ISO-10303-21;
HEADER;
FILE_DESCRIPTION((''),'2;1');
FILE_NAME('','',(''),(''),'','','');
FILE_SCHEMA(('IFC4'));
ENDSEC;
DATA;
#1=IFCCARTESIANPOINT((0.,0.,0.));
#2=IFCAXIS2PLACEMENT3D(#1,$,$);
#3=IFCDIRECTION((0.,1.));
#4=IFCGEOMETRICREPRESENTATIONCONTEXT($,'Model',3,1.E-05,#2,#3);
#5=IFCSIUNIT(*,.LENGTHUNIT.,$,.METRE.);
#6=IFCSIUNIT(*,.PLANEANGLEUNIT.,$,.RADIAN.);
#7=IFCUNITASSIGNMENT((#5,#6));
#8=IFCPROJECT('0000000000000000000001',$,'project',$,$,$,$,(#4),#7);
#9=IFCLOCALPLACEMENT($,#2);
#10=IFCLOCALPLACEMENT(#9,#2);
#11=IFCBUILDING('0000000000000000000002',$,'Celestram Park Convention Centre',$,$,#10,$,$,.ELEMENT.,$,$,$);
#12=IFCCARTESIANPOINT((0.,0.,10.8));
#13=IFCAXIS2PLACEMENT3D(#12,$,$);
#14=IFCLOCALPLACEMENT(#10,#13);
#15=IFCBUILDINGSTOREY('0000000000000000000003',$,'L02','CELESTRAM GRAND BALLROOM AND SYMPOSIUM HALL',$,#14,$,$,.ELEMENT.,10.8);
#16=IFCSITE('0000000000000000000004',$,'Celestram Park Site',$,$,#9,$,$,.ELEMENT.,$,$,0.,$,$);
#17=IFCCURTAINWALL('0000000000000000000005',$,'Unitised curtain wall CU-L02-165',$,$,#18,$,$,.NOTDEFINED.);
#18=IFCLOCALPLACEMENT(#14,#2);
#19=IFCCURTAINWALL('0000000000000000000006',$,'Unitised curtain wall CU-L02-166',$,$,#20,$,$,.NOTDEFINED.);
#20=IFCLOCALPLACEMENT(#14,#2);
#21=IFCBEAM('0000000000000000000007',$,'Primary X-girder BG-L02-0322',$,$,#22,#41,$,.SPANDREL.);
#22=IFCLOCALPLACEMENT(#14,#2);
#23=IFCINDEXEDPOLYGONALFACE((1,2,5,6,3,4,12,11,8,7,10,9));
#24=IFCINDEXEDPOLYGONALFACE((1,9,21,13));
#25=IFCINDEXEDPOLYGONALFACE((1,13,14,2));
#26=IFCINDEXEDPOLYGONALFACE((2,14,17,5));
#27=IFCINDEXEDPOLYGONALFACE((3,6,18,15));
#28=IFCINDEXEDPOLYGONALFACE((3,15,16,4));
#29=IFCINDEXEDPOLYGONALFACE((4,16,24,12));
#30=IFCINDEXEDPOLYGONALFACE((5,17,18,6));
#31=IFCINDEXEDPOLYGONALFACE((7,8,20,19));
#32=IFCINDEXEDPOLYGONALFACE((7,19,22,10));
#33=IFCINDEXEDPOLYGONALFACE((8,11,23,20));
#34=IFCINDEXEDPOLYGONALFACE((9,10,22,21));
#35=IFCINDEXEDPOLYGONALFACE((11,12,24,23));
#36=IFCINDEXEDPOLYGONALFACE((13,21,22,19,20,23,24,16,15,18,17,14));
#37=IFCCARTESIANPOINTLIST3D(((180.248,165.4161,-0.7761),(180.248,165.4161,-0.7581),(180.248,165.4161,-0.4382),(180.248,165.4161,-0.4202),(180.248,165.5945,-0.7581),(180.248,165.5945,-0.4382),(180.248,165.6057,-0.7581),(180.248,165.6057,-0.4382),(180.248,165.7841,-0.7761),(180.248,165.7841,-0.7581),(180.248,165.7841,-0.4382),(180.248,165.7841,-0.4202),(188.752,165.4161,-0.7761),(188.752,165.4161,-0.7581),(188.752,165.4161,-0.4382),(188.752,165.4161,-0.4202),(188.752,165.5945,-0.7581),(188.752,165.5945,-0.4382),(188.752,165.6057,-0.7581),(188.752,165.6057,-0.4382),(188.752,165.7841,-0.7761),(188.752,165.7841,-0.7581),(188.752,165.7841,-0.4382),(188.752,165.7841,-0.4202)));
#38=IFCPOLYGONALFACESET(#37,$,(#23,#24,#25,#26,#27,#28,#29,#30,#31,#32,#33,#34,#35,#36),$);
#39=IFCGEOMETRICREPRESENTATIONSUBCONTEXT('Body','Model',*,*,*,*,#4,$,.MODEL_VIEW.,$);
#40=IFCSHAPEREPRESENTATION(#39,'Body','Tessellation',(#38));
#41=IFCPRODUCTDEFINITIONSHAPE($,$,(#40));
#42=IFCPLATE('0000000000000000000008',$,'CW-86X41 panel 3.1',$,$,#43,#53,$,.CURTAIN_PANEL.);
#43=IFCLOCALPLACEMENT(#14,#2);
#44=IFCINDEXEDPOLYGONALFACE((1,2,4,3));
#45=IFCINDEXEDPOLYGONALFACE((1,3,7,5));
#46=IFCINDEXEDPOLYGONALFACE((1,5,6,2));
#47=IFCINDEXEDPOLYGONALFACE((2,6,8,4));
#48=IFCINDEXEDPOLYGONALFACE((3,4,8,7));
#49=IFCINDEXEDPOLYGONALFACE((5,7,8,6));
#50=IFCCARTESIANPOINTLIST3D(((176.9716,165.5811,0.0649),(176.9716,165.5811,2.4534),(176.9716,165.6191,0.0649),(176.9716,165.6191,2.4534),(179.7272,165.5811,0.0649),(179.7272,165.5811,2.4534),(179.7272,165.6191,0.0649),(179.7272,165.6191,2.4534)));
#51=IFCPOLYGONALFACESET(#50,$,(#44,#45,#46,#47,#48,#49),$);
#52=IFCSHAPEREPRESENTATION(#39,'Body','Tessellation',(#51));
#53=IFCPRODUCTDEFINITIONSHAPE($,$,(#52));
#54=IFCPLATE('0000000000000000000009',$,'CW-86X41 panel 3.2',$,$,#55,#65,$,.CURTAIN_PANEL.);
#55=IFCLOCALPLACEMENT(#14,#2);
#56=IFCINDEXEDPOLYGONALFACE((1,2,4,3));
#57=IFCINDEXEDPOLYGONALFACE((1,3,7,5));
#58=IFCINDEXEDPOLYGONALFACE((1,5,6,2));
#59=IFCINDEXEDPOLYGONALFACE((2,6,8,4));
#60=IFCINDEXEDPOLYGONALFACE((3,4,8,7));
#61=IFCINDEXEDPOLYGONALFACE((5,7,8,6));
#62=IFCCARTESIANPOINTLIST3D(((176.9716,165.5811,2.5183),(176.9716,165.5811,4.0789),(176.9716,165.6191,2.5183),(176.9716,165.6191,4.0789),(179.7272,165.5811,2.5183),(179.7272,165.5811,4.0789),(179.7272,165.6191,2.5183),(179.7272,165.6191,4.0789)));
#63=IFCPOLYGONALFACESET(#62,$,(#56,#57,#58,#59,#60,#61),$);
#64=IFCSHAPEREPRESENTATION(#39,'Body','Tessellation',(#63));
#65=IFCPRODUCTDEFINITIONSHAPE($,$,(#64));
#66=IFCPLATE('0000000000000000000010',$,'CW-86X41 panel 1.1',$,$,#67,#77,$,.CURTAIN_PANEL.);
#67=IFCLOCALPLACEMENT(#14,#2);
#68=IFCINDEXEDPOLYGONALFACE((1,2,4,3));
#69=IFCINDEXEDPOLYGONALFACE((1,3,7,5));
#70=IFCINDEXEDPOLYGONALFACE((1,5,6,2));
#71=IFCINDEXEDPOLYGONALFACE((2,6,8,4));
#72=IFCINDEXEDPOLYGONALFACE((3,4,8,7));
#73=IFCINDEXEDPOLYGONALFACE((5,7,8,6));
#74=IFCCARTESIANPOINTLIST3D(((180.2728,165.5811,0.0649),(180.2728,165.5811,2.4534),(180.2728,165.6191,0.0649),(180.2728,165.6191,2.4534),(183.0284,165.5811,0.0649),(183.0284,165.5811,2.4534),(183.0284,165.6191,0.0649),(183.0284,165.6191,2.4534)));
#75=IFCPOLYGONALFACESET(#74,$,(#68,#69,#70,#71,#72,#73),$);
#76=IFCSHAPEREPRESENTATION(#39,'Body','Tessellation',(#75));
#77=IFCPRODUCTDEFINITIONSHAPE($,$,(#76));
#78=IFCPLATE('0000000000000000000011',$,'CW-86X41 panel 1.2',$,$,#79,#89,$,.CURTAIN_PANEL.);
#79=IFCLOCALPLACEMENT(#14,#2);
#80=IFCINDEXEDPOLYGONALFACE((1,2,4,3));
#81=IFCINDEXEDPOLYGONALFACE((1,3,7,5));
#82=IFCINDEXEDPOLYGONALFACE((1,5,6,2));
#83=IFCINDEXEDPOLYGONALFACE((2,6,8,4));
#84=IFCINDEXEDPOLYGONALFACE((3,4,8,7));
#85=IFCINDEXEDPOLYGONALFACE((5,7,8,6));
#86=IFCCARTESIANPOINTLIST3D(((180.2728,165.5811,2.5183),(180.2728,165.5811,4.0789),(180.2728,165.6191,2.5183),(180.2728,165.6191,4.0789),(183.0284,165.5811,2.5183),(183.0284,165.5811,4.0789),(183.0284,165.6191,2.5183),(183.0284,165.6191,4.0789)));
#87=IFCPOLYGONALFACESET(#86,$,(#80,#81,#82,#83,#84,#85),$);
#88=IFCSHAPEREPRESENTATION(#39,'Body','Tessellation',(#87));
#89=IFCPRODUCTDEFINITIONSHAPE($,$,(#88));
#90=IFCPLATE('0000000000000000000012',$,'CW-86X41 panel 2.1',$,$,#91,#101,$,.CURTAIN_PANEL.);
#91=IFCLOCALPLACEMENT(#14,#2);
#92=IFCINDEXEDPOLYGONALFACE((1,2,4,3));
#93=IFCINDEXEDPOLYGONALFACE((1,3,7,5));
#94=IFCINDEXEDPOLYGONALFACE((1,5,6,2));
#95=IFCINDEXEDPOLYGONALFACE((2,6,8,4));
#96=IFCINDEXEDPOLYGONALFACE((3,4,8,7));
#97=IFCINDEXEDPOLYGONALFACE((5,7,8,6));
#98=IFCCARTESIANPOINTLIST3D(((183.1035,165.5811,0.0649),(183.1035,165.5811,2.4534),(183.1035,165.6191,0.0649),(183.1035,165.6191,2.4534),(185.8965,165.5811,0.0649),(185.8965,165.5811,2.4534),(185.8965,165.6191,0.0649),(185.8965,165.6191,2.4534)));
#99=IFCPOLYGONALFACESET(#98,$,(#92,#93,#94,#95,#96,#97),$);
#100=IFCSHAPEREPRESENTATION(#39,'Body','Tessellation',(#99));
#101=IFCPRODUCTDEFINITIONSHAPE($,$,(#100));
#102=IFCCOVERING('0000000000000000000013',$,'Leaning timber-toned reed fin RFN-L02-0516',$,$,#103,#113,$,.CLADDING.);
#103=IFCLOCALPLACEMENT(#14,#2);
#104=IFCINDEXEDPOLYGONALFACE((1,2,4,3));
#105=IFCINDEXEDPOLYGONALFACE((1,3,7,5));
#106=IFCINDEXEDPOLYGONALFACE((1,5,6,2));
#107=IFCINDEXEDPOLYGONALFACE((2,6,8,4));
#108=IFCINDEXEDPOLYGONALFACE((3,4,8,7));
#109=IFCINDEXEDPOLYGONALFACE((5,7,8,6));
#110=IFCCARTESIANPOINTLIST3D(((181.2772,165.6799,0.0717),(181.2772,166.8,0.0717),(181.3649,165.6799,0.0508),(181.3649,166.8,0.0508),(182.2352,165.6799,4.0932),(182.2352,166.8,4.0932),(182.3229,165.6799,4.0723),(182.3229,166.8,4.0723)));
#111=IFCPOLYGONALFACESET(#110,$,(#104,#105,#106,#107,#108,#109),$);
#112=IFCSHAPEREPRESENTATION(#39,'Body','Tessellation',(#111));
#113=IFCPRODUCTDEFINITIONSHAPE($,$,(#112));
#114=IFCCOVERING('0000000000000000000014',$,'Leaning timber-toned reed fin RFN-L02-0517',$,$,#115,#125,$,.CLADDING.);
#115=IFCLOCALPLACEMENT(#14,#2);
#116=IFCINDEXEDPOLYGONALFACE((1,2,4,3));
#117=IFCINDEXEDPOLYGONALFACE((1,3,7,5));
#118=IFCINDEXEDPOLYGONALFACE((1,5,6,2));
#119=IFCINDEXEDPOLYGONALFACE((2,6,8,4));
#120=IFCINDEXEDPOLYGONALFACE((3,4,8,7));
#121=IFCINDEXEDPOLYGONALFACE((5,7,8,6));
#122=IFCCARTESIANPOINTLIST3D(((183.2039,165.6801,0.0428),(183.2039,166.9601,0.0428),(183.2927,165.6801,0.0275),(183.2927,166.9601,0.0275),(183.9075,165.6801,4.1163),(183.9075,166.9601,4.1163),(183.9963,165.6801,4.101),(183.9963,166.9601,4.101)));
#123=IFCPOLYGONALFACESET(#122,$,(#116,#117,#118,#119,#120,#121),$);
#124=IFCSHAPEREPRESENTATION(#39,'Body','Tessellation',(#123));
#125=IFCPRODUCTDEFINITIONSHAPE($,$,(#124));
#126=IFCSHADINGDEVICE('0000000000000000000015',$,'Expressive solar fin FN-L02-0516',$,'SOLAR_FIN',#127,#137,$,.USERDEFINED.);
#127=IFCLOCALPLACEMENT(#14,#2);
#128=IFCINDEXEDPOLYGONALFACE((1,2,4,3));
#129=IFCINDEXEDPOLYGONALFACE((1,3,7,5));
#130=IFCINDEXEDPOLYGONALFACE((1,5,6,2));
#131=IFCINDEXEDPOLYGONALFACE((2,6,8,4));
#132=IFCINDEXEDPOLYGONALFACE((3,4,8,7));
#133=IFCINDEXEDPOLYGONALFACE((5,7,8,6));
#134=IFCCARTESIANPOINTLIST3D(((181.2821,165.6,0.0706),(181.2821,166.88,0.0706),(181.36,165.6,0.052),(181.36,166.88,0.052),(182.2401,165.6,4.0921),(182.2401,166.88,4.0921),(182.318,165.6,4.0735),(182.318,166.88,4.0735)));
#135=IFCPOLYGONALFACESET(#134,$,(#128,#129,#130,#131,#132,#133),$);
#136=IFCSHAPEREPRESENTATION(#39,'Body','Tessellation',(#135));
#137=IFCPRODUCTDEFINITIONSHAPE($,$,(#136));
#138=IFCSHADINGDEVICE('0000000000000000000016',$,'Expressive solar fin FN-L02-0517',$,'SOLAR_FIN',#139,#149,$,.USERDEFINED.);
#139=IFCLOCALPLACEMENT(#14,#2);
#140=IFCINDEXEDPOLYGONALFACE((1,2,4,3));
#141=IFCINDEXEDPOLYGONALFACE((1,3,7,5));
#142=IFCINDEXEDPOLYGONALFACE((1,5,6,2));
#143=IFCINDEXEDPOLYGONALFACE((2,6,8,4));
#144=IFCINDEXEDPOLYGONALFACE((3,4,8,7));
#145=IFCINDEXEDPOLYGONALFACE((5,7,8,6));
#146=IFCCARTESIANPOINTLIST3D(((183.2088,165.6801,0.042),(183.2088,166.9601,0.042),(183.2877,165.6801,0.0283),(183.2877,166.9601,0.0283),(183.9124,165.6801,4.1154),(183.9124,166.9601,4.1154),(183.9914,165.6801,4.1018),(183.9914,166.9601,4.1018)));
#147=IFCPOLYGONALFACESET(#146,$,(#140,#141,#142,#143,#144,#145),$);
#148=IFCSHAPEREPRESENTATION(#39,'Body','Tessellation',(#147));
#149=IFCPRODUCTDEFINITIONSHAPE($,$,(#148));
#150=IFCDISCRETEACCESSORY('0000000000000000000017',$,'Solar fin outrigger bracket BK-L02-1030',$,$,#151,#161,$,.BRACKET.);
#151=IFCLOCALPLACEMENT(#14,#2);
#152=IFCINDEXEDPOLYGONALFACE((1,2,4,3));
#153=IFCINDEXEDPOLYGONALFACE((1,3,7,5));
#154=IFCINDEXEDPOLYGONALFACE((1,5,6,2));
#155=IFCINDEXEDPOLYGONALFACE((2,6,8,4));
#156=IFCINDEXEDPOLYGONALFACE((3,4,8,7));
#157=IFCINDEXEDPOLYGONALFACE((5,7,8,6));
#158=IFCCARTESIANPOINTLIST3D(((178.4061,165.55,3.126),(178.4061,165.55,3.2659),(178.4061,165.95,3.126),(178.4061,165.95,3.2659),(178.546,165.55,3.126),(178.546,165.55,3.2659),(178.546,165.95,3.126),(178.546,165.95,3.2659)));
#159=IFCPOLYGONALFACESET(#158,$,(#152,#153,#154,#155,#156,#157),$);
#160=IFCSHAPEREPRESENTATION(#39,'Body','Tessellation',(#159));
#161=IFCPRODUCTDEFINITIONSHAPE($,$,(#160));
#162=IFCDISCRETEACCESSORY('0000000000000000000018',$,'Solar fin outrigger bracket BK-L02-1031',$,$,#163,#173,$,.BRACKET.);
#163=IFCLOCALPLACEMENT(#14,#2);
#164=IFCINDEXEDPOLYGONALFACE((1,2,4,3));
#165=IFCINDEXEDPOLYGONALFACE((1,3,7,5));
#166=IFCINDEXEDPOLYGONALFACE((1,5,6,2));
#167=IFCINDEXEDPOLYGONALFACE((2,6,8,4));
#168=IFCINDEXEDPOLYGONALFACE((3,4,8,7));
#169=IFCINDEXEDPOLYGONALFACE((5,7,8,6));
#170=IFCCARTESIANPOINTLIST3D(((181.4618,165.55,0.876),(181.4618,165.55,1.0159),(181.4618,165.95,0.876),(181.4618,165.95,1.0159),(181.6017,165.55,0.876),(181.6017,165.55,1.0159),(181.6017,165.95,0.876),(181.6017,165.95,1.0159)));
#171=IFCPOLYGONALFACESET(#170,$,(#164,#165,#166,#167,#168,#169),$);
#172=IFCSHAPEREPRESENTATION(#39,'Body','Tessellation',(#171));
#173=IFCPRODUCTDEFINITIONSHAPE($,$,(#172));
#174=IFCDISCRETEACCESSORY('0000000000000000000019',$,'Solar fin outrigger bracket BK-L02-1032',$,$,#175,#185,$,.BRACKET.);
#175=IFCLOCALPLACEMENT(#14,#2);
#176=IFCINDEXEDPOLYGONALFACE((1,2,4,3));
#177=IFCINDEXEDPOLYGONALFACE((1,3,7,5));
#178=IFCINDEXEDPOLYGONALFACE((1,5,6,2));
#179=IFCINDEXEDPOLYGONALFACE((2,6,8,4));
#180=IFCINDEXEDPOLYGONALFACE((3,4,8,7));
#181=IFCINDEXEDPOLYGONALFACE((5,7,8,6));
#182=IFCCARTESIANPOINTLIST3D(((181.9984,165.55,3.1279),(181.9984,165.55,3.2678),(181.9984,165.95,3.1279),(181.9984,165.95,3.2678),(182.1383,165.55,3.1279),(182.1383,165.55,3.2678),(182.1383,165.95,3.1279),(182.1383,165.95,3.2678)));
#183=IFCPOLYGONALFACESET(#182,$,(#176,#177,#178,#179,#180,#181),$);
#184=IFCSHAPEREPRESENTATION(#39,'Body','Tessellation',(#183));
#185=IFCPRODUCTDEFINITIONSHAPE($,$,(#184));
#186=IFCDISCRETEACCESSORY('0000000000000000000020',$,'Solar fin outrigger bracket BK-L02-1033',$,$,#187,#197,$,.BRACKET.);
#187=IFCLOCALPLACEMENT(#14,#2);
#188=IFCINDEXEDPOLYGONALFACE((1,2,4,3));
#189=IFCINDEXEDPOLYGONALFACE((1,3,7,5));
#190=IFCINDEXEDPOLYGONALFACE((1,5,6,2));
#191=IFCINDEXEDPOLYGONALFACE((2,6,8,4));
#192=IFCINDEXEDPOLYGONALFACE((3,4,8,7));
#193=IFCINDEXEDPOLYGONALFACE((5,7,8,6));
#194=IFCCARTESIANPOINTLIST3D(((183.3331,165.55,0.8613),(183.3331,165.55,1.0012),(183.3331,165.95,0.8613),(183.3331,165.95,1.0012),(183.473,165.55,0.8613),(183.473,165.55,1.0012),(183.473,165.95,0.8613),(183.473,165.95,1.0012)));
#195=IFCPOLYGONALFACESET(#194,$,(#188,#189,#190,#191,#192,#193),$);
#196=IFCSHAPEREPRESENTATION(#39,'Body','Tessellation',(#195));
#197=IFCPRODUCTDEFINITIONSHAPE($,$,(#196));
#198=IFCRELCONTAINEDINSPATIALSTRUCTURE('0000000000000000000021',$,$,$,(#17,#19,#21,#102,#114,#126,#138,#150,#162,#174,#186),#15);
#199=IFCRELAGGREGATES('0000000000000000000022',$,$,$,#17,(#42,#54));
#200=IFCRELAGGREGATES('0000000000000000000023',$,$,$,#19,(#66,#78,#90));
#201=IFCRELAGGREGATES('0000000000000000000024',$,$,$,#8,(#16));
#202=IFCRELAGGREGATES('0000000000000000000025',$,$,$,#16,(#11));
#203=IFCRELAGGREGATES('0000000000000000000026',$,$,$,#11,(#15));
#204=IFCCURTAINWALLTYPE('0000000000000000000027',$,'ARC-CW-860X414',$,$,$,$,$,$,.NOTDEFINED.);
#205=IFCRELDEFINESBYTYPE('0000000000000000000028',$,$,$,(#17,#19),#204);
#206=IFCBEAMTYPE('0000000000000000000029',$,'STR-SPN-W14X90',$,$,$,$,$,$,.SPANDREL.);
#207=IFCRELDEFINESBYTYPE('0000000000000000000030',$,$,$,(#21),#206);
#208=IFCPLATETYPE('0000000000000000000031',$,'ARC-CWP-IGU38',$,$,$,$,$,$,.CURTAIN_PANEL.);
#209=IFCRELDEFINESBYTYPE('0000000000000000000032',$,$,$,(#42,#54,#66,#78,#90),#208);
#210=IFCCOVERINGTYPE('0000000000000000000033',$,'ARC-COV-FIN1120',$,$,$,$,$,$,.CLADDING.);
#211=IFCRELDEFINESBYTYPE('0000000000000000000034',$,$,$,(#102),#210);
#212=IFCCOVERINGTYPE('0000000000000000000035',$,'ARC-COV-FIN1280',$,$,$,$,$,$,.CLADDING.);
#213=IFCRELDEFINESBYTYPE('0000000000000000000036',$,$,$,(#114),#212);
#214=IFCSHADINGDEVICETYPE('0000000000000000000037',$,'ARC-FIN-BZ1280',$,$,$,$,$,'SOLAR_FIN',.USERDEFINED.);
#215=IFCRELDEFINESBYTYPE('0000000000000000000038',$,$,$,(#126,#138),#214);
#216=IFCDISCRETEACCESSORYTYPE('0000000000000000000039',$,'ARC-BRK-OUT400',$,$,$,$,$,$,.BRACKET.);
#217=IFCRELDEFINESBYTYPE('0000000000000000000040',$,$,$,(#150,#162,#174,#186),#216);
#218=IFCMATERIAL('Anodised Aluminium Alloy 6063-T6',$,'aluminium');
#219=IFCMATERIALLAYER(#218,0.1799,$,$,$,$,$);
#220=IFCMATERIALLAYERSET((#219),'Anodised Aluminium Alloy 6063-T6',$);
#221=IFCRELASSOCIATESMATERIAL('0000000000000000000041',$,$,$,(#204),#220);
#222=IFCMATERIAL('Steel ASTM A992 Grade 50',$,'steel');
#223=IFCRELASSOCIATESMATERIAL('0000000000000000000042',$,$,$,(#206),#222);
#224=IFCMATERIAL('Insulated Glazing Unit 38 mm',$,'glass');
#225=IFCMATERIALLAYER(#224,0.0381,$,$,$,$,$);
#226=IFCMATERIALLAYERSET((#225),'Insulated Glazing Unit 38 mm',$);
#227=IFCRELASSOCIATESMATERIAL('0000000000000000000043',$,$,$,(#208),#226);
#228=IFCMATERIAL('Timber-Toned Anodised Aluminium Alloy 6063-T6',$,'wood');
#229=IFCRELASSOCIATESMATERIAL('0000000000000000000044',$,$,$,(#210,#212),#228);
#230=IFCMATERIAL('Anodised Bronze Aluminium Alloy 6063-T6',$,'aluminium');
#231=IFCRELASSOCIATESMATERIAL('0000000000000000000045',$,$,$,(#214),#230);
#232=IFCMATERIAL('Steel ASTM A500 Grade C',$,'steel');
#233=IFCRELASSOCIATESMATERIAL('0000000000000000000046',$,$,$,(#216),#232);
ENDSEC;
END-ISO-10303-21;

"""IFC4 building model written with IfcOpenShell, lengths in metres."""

from ifc_helpers import new_model, si_unit, direction, frame, origin, origin_2d, place, context, subcontext, project, spatial, rectangle, i_section, extrude, material, layer, layer_set, material_profile, profile_set, type_object, element, aggregate, save


model = new_model("IFC4")

# Units and contexts
model_context = context("Model", 3, precision=1e-05, world=origin(), true_north=direction((0.0, 1.0)))
body_context = subcontext(model_context, "Body", "Model", "MODEL_VIEW")
ifc_project = project(units=[si_unit("LENGTHUNIT", "METRE"), si_unit("PLANEANGLEUNIT", "RADIAN")], contexts=[model_context])

# Site, building, storey
site_placement = place(None, origin())
site = spatial("IfcSite", under=ifc_project, at=site_placement, Name="Celestram Park Site", CompositionType="ELEMENT", RefElevation=0.0)
building_placement = place(site_placement, origin())
building = spatial("IfcBuilding", under=site, at=building_placement, Name="Celestram Park Convention Centre", CompositionType="ELEMENT")
storey_placement = place(building_placement, frame((0.0, 0.0, 10.8)))
storey = spatial("IfcBuildingStorey", under=building, at=storey_placement, Name="L02", Description="CELESTRAM GRAND BALLROOM AND SYMPOSIUM HALL", CompositionType="ELEMENT", Elevation=10.8)

# Shared definitions
ifc_material_1 = material(Name="Steel ASTM A500 Grade C", Category="steel")

# Curtain wall
ifc_material_2 = material(Name="Anodised Aluminium Alloy 6063-T6", Category="aluminium")
ifc_layer_1 = layer(ifc_material_2, 0.1799)
ifc_layer_set_1 = layer_set([ifc_layer_1], Name="Anodised Aluminium Alloy 6063-T6")
curtain_wall_type = type_object("IfcCurtainWallType", Name="ARC-CW-860X414", PredefinedType="NOTDEFINED", material=ifc_layer_set_1)
curtain_wall_1_placement = place(storey_placement, origin())
curtain_wall_1 = element("IfcCurtainWall", 1, at=curtain_wall_1_placement, inside=storey, type_object=curtain_wall_type, Name="Unitised curtain wall CU-L02-165", PredefinedType="NOTDEFINED")

# Curtain wall
curtain_wall_2_placement = place(storey_placement, origin())
curtain_wall_2 = element("IfcCurtainWall", 2, at=curtain_wall_2_placement, inside=storey, type_object=curtain_wall_type, Name="Unitised curtain wall CU-L02-166", PredefinedType="NOTDEFINED")

# Beam
ifc_material_3 = material(Name="Steel ASTM A992 Grade 50", Category="steel")
ifc_material_profile_1 = material_profile(ifc_material_3, i_section(OverallWidth=0.3679, OverallDepth=0.356, WebThickness=0.0112, FlangeThickness=0.0181, at=origin_2d()), Name="W14X90")
ifc_profile_set_1 = profile_set([ifc_material_profile_1], Name="Steel ASTM A992 Grade 50")
beam_type = type_object("IfcBeamType", Name="STR-SPN-W14X90", PredefinedType="SPANDREL", material=ifc_profile_set_1)
beam_placement = place(storey_placement, frame((180.248, 165.6001, -0.5981), z_axis=(1.0, 0.0, 0.0), x_axis=(0.0, 1.0, 0.0)))
element("IfcBeam", 3, at=beam_placement, inside=storey, type_object=beam_type, Name="Primary X-girder BG-L02-0322", PredefinedType="SPANDREL", context=body_context, shape_type="SweptSolid", body=[
    extrude(i_section(OverallWidth=0.3679, OverallDepth=0.356, WebThickness=0.0112, FlangeThickness=0.0181, at=origin_2d()), origin(), (0.0, 0.0, 1.0), 8.5039),
])

# Plates
ifc_material_4 = material(Name="Insulated Glazing Unit 38 mm", Category="glass")
ifc_layer_2 = layer(ifc_material_4, 0.0381)
ifc_layer_set_2 = layer_set([ifc_layer_2], Name="Insulated Glazing Unit 38 mm")
plate_type = type_object("IfcPlateType", Name="ARC-CWP-IGU38", PredefinedType="CURTAIN_PANEL", material=ifc_layer_set_2)
plate_1_placement = place(storey_placement, frame((178.3494, 165.6001, 0.0649), z_axis=(0.0, 0.0, 1.0), x_axis=(1.0, 0.0, 0.0)))
plate_1 = element("IfcPlate", 4, at=plate_1_placement, type_object=plate_type, Name="CW-86X41 panel 3.1", PredefinedType="CURTAIN_PANEL", context=body_context, shape_type="SweptSolid", body=[
    extrude(rectangle(XDim=2.7556, YDim=0.0381, at=origin_2d()), origin(), (0.0, 0.0, 1.0), 2.3884),
])
plate_2_placement = place(storey_placement, frame((178.3494, 165.6001, 2.5183), z_axis=(0.0, 0.0, 1.0), x_axis=(1.0, 0.0, 0.0)))
plate_2 = element("IfcPlate", 5, at=plate_2_placement, type_object=plate_type, Name="CW-86X41 panel 3.2", PredefinedType="CURTAIN_PANEL", context=body_context, shape_type="SweptSolid", body=[
    extrude(rectangle(XDim=2.7556, YDim=0.0381, at=origin_2d()), origin(), (0.0, 0.0, 1.0), 1.5605),
])
aggregate(curtain_wall_1, [plate_1, plate_2])
plate_3_placement = place(storey_placement, frame((181.6506, 165.6001, 0.0649), z_axis=(0.0, 0.0, 1.0), x_axis=(1.0, 0.0, 0.0)))
plate_3 = element("IfcPlate", 6, at=plate_3_placement, type_object=plate_type, Name="CW-86X41 panel 1.1", PredefinedType="CURTAIN_PANEL", context=body_context, shape_type="SweptSolid", body=[
    extrude(rectangle(XDim=2.7556, YDim=0.0381, at=origin_2d()), origin(), (0.0, 0.0, 1.0), 2.3884),
])
plate_4_placement = place(storey_placement, frame((181.6506, 165.6001, 2.5183), z_axis=(0.0, 0.0, 1.0), x_axis=(1.0, 0.0, 0.0)))
plate_4 = element("IfcPlate", 7, at=plate_4_placement, type_object=plate_type, Name="CW-86X41 panel 1.2", PredefinedType="CURTAIN_PANEL", context=body_context, shape_type="SweptSolid", body=[
    extrude(rectangle(XDim=2.7556, YDim=0.0381, at=origin_2d()), origin(), (0.0, 0.0, 1.0), 1.5605),
])
plate_5_placement = place(storey_placement, frame((184.5, 165.6001, 0.0649), z_axis=(0.0, 0.0, 1.0), x_axis=(1.0, 0.0, 0.0)))
plate_5 = element("IfcPlate", 8, at=plate_5_placement, type_object=plate_type, Name="CW-86X41 panel 2.1", PredefinedType="CURTAIN_PANEL", context=body_context, shape_type="SweptSolid", body=[
    extrude(rectangle(XDim=2.793, YDim=0.0381, at=origin_2d()), origin(), (0.0, 0.0, 1.0), 2.3884),
])
aggregate(curtain_wall_2, [plate_3, plate_4, plate_5])

# Coverings
ifc_material_5 = material(Name="Timber-Toned Anodised Aluminium Alloy 6063-T6", Category="wood")
ifc_material_profile_2 = material_profile(ifc_material_5, rectangle(XDim=1.1201, YDim=0.0901, at=origin_2d()), Name="REED1120X90")
ifc_profile_set_2 = profile_set([ifc_material_profile_2], Name="Timber-Toned Anodised Aluminium Alloy 6063-T6")
covering_type_1 = type_object("IfcCoveringType", Name="ARC-COV-FIN1120", PredefinedType="CLADDING", material=ifc_profile_set_2)
covering_1_placement = place(storey_placement, frame((181.321, 166.24, 0.0613), z_axis=(0.231738, 0.0, 0.972778), x_axis=(0.0, 1.0, 0.0)))
element("IfcCovering", 9, at=covering_1_placement, inside=storey, type_object=covering_type_1, Name="Leaning timber-toned reed fin RFN-L02-0516", PredefinedType="CLADDING", context=body_context, shape_type="SweptSolid", body=[
    extrude(rectangle(XDim=1.1201, YDim=0.0901, at=origin_2d()), origin(), (0.0, 0.0, 1.0), 4.134),
])
ifc_material_profile_3 = material_profile(ifc_material_5, rectangle(XDim=1.28, YDim=0.0901, at=origin_2d()), Name="REED1280X90")
ifc_profile_set_3 = profile_set([ifc_material_profile_3], Name="Timber-Toned Anodised Aluminium Alloy 6063-T6")
covering_type_2 = type_object("IfcCoveringType", Name="ARC-COV-FIN1280", PredefinedType="CLADDING", material=ifc_profile_set_3)
covering_2_placement = place(storey_placement, frame((183.2483, 166.3201, 0.0352), z_axis=(0.17021, 0.0, 0.985408), x_axis=(0.0, 1.0, 0.0)))
element("IfcCovering", 10, at=covering_2_placement, inside=storey, type_object=covering_type_2, Name="Leaning timber-toned reed fin RFN-L02-0517", PredefinedType="CLADDING", context=body_context, shape_type="SweptSolid", body=[
    extrude(rectangle(XDim=1.28, YDim=0.0901, at=origin_2d()), origin(), (0.0, 0.0, 1.0), 4.1338),
])

# Shading devices
ifc_material_6 = material(Name="Anodised Bronze Aluminium Alloy 6063-T6", Category="aluminium")
ifc_material_profile_4 = material_profile(ifc_material_6, rectangle(XDim=1.28, YDim=0.0801, at=origin_2d()), Name="FIN1280X80")
ifc_profile_set_4 = profile_set([ifc_material_profile_4], Name="Anodised Bronze Aluminium Alloy 6063-T6")
shading_device_type = type_object("IfcShadingDeviceType", Name="ARC-FIN-BZ1280", ElementType="SOLAR_FIN", PredefinedType="USERDEFINED", material=ifc_profile_set_4)
shading_device_1_placement = place(storey_placement, frame((181.321, 166.24, 0.0613), z_axis=(0.231738, 0.0, 0.972778), x_axis=(0.0, 1.0, 0.0)))
element("IfcShadingDevice", 11, at=shading_device_1_placement, inside=storey, type_object=shading_device_type, Name="Expressive solar fin FN-L02-0516", ObjectType="SOLAR_FIN", PredefinedType="USERDEFINED", context=body_context, shape_type="SweptSolid", body=[
    extrude(rectangle(XDim=1.28, YDim=0.0801, at=origin_2d()), origin(), (0.0, 0.0, 1.0), 4.134),
])
shading_device_2_placement = place(storey_placement, frame((183.2483, 166.3201, 0.0352), z_axis=(0.17021, 0.0, 0.985408), x_axis=(0.0, 1.0, 0.0)))
element("IfcShadingDevice", 12, at=shading_device_2_placement, inside=storey, type_object=shading_device_type, Name="Expressive solar fin FN-L02-0517", ObjectType="SOLAR_FIN", PredefinedType="USERDEFINED", context=body_context, shape_type="SweptSolid", body=[
    extrude(rectangle(XDim=1.28, YDim=0.0801, at=origin_2d()), origin(), (0.0, 0.0, 1.0), 4.1338),
])

# Discrete accessories
discrete_accessory_type = type_object("IfcDiscreteAccessoryType", Name="ARC-BRK-OUT400", PredefinedType="BRACKET", material=ifc_material_1)
for number, where, z_axis, x_axis, name in (
    (13, (178.4761, 165.75, 3.126), (0.0, 0.0, 1.0), (0.0, 1.0, 0.0), "Solar fin outrigger bracket BK-L02-1030"),
    (14, (181.5317, 165.75, 0.876), (0.0, 0.0, 1.0), (0.0, 1.0, 0.0), "Solar fin outrigger bracket BK-L02-1031"),
    (15, (182.0684, 165.75, 3.1279), (0.0, 0.0, 1.0), (0.0, 1.0, 0.0), "Solar fin outrigger bracket BK-L02-1032"),
    (16, (183.4031, 165.75, 0.8613), (0.0, 0.0, 1.0), (0.0, 1.0, 0.0), "Solar fin outrigger bracket BK-L02-1033"),
):
    element("IfcDiscreteAccessory", number, at=place(storey_placement, frame(where, z_axis=z_axis, x_axis=x_axis)), inside=storey, type_object=discrete_accessory_type, Name=name, PredefinedType="BRACKET", context=body_context, shape_type="SweptSolid", body=[
        extrude(rectangle(XDim=0.3999, YDim=0.1399, at=origin_2d()), origin(), (0.0, 0.0, 1.0), 0.1399),
    ])

save(model, "model.ifc")
